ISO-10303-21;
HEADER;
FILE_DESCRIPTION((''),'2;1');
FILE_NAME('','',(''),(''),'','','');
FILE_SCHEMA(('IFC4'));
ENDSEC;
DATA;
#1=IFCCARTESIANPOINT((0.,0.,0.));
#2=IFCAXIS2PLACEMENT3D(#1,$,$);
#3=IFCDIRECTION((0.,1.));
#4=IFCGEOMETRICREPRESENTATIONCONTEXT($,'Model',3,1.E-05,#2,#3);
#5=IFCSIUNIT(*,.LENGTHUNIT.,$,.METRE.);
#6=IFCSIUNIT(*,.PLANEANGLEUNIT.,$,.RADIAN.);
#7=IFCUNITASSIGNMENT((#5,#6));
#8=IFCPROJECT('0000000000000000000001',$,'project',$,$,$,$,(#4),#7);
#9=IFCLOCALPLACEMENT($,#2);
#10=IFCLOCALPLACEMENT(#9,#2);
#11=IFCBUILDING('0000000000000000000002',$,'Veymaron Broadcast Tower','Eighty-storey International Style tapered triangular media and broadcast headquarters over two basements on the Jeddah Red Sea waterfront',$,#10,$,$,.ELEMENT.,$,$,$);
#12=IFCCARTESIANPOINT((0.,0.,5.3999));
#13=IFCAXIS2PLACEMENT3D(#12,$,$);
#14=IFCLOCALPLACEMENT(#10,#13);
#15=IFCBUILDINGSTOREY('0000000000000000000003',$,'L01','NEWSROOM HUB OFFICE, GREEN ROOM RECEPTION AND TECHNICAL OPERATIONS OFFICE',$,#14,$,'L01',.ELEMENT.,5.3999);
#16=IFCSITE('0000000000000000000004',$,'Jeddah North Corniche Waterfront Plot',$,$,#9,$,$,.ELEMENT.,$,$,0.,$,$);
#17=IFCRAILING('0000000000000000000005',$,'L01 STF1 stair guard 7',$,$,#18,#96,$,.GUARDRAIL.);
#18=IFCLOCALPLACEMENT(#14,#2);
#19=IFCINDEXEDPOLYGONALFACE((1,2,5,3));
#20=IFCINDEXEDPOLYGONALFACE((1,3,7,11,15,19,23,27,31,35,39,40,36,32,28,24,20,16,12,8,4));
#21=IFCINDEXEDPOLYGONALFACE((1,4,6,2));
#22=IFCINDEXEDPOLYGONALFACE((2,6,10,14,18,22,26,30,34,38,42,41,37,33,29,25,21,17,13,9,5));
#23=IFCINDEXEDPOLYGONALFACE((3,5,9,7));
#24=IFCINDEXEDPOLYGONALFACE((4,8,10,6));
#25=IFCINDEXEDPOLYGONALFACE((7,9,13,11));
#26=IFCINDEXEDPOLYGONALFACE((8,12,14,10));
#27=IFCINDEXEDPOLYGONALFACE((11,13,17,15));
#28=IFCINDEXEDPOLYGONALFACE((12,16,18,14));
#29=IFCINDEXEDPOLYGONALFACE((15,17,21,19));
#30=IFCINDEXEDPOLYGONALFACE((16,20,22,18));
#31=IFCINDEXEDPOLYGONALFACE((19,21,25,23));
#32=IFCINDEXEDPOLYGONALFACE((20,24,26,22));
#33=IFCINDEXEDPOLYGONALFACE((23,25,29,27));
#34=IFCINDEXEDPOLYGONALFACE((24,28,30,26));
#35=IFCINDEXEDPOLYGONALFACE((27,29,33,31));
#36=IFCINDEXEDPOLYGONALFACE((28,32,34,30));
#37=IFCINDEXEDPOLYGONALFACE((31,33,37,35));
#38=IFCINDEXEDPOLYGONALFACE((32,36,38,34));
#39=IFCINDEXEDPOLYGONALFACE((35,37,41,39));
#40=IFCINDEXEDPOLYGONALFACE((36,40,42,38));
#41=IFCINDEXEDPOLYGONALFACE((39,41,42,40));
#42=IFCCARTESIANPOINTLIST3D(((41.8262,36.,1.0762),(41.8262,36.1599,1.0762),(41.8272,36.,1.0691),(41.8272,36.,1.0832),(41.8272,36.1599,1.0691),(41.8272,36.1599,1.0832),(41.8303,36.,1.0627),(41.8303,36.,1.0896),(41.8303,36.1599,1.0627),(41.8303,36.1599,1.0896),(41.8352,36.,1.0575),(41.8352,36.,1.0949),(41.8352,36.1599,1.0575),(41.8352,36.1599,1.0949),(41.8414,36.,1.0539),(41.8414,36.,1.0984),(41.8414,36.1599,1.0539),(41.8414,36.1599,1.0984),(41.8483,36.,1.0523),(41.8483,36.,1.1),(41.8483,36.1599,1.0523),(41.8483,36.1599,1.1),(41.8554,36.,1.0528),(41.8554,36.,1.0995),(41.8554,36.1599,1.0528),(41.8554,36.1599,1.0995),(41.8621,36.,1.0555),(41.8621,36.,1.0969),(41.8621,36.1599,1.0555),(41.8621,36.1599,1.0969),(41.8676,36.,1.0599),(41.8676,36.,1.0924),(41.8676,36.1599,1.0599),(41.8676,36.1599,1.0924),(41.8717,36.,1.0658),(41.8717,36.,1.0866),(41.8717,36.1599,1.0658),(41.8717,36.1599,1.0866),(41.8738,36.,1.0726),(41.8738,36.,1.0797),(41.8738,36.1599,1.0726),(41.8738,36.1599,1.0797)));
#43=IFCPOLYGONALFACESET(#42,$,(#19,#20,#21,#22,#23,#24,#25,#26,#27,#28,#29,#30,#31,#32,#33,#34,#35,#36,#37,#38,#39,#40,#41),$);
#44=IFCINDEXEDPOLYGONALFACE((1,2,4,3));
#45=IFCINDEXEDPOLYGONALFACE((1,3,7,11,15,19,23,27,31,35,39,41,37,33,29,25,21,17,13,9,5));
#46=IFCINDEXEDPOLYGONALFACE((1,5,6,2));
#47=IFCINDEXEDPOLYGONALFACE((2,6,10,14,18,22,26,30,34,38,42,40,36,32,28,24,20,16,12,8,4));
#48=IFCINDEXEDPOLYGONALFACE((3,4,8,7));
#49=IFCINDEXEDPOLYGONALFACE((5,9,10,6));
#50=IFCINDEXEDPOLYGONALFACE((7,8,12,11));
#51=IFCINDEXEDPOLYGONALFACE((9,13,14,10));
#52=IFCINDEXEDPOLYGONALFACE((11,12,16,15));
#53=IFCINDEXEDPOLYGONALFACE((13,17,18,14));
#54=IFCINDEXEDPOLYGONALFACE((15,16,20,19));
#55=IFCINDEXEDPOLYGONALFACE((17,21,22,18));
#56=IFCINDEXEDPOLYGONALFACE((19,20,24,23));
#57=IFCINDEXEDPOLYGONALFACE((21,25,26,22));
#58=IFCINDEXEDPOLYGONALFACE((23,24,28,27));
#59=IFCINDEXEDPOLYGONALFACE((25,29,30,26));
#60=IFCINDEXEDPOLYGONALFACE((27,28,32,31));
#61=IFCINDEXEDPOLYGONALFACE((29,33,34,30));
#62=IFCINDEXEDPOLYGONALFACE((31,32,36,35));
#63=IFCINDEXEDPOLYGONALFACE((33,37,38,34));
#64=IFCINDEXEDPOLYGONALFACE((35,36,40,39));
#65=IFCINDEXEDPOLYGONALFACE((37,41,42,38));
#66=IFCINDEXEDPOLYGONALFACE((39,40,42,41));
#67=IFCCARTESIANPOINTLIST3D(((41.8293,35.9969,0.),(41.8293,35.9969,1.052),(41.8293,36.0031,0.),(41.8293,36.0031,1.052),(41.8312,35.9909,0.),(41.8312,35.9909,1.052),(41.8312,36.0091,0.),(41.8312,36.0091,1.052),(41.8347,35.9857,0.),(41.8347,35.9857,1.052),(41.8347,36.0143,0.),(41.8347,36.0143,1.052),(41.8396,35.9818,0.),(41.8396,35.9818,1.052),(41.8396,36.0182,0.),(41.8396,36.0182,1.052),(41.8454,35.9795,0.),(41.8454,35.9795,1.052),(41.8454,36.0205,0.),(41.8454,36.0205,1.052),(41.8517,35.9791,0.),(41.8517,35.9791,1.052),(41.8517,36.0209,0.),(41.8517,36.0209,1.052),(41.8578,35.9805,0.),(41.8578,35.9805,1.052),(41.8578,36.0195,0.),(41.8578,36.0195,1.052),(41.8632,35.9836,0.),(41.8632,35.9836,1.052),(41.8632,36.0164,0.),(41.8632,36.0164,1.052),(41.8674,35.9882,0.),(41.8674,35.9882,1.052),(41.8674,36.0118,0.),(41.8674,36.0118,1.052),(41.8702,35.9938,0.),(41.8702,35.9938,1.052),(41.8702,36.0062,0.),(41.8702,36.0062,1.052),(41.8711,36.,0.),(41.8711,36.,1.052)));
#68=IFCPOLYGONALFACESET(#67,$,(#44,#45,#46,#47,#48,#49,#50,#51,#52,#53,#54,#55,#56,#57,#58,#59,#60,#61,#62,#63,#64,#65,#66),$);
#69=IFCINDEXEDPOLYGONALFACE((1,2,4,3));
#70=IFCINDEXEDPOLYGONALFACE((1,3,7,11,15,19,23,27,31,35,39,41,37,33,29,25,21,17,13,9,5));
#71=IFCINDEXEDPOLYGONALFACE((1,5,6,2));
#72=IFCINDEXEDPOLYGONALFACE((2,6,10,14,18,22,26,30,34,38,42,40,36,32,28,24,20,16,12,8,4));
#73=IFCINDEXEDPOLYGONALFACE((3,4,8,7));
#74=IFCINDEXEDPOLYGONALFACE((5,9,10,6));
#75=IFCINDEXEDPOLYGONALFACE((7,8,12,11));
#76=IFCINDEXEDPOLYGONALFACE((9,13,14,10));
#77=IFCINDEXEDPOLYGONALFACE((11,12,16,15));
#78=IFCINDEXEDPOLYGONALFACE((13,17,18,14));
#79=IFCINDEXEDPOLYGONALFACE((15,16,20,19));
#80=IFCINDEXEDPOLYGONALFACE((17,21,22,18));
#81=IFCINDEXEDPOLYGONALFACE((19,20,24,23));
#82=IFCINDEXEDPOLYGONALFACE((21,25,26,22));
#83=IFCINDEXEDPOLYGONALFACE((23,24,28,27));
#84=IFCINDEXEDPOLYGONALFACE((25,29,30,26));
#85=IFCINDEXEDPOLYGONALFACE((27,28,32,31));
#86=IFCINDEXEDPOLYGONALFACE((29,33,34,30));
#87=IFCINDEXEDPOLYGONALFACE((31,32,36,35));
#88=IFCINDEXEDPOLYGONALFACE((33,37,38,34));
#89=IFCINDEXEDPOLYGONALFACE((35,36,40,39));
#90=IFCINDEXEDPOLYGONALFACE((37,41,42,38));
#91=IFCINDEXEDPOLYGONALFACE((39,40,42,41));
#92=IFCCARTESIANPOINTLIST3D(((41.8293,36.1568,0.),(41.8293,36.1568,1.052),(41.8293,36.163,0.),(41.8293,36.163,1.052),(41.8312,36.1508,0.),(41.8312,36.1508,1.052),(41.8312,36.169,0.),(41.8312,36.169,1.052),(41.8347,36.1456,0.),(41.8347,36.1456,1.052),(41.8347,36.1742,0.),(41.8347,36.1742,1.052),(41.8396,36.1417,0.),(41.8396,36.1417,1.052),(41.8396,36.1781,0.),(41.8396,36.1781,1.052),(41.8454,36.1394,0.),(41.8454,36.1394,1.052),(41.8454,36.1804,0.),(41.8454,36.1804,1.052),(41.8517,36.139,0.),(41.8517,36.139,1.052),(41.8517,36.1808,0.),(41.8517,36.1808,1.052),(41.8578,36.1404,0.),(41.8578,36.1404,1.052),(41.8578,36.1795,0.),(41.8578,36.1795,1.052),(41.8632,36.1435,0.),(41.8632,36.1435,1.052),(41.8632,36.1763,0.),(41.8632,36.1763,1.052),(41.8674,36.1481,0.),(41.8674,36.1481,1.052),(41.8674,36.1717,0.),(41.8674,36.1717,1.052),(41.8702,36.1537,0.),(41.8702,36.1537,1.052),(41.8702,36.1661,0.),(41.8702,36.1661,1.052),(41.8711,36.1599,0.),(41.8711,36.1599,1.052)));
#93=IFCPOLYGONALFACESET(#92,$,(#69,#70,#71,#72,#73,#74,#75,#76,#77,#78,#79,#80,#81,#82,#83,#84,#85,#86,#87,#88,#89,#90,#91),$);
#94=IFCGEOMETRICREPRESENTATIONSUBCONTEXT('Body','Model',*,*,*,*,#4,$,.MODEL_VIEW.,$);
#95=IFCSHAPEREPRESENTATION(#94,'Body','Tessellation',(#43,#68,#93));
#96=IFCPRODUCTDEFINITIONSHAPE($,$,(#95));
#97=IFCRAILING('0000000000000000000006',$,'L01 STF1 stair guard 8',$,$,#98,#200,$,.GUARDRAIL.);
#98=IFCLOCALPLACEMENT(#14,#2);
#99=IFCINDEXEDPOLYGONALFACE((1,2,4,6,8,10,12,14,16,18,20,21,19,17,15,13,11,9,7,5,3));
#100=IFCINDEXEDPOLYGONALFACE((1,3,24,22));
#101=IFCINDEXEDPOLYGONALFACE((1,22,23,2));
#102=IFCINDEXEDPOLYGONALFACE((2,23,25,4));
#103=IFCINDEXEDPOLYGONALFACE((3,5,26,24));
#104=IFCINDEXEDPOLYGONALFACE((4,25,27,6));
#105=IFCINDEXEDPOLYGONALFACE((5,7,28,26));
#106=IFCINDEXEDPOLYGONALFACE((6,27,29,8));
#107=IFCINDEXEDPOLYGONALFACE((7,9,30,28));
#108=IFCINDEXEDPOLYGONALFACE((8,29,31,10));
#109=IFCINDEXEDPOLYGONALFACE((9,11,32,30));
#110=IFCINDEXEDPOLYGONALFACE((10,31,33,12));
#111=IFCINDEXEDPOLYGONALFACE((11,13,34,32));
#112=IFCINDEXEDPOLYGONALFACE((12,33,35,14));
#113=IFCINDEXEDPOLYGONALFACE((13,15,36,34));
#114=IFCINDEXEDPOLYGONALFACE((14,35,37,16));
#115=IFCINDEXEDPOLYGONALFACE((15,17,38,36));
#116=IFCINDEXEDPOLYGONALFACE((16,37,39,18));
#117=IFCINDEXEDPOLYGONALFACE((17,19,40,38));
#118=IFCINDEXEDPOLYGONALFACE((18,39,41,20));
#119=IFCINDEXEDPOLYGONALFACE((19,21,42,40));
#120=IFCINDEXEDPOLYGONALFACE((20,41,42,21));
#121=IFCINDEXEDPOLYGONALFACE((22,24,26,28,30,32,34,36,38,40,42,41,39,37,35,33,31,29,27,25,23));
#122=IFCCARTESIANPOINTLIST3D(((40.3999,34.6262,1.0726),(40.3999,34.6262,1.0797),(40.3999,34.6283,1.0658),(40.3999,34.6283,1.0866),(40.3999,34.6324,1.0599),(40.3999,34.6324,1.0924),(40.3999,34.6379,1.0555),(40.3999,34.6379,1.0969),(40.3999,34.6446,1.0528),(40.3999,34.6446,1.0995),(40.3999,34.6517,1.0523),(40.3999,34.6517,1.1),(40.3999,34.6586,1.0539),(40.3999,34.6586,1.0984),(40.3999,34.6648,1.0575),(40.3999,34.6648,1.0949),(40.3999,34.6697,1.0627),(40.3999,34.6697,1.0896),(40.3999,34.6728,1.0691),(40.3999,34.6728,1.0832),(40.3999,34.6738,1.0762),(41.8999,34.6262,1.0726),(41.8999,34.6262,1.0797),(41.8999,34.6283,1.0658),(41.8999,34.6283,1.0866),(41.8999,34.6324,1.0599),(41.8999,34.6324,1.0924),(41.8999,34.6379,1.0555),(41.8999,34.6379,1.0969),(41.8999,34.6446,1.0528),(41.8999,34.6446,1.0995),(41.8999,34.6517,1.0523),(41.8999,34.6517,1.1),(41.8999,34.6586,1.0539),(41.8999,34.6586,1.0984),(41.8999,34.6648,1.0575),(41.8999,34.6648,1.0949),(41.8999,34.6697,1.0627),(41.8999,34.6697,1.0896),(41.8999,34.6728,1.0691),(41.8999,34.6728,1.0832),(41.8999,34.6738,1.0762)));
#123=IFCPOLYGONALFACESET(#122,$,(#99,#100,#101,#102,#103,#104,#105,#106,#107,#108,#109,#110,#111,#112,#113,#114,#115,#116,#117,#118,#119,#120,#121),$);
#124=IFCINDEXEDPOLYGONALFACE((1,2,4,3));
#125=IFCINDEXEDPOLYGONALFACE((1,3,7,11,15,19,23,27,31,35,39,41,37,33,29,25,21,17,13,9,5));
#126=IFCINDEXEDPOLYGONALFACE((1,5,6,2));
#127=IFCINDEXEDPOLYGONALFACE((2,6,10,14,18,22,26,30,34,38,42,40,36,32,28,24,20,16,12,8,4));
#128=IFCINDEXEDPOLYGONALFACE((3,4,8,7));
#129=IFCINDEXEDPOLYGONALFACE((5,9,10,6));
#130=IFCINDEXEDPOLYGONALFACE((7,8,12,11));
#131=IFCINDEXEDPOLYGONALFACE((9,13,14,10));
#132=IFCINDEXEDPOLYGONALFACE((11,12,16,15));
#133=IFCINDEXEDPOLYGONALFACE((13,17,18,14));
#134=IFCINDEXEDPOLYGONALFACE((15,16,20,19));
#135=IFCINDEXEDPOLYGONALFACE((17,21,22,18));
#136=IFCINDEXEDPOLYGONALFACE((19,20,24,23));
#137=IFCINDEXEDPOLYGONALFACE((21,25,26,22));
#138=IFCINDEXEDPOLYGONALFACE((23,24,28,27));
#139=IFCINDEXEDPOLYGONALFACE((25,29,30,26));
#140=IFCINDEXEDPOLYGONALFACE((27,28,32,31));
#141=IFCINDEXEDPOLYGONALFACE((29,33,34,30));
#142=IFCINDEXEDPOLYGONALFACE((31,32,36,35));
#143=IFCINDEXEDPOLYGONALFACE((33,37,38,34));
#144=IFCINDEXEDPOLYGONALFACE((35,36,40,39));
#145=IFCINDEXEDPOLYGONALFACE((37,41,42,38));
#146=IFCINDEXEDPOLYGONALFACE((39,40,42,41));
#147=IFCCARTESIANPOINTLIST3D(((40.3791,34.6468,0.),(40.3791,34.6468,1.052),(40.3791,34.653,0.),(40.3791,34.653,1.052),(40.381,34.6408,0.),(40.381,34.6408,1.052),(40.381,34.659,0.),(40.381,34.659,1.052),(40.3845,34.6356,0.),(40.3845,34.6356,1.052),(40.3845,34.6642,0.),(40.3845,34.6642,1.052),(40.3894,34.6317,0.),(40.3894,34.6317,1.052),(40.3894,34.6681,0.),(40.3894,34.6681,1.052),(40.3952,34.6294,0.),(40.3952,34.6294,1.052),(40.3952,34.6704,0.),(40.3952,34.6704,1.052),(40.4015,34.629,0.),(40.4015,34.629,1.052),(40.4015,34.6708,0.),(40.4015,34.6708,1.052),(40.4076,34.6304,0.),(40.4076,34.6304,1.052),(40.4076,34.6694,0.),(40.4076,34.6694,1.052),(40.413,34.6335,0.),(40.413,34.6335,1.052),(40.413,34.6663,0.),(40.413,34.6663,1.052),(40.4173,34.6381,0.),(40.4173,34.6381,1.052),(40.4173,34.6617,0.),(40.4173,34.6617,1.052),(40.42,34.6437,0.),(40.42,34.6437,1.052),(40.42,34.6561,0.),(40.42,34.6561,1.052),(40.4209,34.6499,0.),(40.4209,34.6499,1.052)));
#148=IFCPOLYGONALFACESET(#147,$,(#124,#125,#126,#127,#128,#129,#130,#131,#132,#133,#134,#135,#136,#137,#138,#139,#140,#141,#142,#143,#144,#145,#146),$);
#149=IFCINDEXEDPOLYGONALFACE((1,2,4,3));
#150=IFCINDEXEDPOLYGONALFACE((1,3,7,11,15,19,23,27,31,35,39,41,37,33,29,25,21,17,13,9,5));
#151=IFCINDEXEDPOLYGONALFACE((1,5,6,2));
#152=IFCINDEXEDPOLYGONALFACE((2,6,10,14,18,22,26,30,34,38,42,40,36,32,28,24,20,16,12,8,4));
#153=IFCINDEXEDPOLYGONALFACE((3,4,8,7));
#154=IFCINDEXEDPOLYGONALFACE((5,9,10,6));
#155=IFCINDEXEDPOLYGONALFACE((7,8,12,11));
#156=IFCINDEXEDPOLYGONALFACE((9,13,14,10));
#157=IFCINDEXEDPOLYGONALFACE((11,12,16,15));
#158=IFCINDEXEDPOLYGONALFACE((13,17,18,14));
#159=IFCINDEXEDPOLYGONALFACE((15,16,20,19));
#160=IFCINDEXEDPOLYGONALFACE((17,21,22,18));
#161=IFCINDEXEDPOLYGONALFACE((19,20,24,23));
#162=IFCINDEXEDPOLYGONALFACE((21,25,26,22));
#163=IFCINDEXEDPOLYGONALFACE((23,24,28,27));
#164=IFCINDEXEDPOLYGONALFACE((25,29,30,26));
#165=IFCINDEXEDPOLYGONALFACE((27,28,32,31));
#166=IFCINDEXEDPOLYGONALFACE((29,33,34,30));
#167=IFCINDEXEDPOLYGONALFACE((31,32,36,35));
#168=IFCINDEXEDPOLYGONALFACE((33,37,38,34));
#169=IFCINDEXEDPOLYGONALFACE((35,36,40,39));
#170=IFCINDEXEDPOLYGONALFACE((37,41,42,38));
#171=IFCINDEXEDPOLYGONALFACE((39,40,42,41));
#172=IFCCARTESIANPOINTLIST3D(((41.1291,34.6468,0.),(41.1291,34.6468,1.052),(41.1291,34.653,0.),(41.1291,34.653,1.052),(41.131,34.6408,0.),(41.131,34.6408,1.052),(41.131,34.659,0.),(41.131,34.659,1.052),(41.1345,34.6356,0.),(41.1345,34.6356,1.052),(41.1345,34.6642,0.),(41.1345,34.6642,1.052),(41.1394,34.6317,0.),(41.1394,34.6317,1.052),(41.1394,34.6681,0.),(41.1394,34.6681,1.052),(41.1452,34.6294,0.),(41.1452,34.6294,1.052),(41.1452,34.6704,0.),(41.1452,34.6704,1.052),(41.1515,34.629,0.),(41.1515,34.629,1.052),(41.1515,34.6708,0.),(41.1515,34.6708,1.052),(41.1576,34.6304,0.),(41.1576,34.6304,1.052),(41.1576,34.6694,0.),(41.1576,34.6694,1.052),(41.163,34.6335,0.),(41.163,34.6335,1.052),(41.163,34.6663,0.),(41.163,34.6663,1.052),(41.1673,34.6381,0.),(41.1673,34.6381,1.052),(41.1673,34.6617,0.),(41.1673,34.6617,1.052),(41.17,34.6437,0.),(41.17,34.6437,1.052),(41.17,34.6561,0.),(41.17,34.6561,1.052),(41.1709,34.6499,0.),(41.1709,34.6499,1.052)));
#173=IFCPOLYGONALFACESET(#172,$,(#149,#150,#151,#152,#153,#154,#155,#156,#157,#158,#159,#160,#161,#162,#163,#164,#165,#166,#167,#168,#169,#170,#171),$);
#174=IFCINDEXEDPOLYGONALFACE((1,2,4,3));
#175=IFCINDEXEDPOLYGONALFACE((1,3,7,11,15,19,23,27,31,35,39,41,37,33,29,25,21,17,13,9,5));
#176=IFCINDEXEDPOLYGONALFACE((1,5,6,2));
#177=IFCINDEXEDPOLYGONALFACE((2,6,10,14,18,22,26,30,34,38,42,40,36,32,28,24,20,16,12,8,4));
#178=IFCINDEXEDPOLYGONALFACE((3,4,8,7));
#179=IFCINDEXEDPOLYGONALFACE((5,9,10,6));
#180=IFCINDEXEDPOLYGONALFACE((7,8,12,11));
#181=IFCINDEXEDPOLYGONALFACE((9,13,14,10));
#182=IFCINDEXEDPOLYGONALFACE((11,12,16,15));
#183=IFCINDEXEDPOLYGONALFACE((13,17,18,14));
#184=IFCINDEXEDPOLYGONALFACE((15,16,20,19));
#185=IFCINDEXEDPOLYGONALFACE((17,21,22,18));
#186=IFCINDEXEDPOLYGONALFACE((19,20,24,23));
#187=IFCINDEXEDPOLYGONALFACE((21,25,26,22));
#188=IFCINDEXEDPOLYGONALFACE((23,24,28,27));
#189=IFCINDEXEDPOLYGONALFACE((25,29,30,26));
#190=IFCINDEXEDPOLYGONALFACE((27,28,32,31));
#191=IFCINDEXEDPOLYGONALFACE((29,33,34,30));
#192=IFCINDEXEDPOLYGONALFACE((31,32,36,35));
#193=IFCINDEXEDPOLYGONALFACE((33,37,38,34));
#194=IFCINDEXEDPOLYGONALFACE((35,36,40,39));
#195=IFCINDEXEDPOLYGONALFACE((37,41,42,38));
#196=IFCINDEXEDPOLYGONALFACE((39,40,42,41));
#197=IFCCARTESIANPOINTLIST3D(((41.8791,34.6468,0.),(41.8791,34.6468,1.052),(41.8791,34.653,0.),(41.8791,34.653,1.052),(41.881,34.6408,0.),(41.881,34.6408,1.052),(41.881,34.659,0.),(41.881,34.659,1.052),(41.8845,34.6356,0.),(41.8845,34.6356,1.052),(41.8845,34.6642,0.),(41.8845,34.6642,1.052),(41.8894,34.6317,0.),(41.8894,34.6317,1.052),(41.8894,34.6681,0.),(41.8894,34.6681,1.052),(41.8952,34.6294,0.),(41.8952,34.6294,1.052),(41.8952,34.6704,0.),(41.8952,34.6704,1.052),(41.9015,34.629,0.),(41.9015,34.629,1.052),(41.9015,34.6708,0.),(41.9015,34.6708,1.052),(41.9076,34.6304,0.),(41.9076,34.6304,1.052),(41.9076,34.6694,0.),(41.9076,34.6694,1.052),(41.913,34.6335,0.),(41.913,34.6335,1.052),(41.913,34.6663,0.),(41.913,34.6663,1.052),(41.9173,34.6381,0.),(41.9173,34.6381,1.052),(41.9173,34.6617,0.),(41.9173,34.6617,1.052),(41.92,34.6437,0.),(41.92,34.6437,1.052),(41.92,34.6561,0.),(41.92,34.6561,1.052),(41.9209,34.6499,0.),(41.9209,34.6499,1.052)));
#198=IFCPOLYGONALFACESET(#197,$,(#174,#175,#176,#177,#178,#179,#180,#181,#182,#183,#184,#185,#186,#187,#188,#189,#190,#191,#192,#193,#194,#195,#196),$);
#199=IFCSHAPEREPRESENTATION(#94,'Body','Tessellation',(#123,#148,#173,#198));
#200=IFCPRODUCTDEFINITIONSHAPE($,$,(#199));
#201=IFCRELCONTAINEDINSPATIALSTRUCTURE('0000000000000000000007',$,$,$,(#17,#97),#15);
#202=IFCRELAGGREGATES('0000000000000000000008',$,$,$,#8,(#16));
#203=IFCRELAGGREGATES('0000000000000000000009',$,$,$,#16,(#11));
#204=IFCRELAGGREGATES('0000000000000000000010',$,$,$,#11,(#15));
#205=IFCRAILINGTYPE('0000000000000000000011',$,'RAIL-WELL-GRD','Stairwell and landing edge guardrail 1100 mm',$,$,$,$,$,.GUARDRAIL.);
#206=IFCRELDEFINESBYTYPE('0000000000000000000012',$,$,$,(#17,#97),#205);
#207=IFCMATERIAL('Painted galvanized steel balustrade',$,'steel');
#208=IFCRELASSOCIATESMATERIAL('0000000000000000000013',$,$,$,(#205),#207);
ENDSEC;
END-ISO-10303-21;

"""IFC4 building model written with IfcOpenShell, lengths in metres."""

from ifc_helpers import new_model, si_unit, direction, frame, origin, origin_2d, place, context, subcontext, project, spatial, circle, extrude, material, type_object, element, save


model = new_model("IFC4")

# Units and contexts
model_context = context("Model", 3, precision=1e-05, world=origin(), true_north=direction((0.0, 1.0)))
body_context = subcontext(model_context, "Body", "Model", "MODEL_VIEW")
ifc_project = project(units=[si_unit("LENGTHUNIT", "METRE"), si_unit("PLANEANGLEUNIT", "RADIAN")], contexts=[model_context])

# Site, building, storey
site_placement = place(None, origin())
site = spatial("IfcSite", under=ifc_project, at=site_placement, Name="Jeddah North Corniche Waterfront Plot", CompositionType="ELEMENT", RefElevation=0.0)
building_placement = place(site_placement, origin())
building = spatial("IfcBuilding", under=site, at=building_placement, Name="Veymaron Broadcast Tower", Description="Eighty-storey International Style tapered triangular media and broadcast headquarters over two basements on the Jeddah Red Sea waterfront", CompositionType="ELEMENT")
storey_placement = place(building_placement, frame((0.0, 0.0, 5.3999)))
storey = spatial("IfcBuildingStorey", under=building, at=storey_placement, Name="L01", Description="NEWSROOM HUB OFFICE, GREEN ROOM RECEPTION AND TECHNICAL OPERATIONS OFFICE", LongName="L01", CompositionType="ELEMENT", Elevation=5.3999)

# Railings
ifc_material_1 = material(Name="Painted galvanized steel balustrade", Category="steel")
railing_type_1 = type_object("IfcRailingType", Name="RAIL-WELL-GRD", Description="Stairwell and landing edge guardrail 1100 mm", PredefinedType="GUARDRAIL", material=ifc_material_1)
railing_1_placement = place(storey_placement, frame((41.8501, 36.0, 0.0)))
element("IfcRailing", 1, at=railing_1_placement, inside=storey, type_object=railing_type_1, Name="L01 STF1 stair guard 7", PredefinedType="GUARDRAIL", context=body_context, shape_type="SweptSolid", body=[
    extrude(circle(Radius=0.0239, at=origin_2d()), frame((0.0, 0.0, 1.0762), z_axis=(0.0, 1.0, 0.0), x_axis=(-1.0, 0.0, 0.0)), (0.0, 0.0, 1.0), 0.1599),
    extrude(circle(Radius=0.021, at=origin_2d()), origin(), (0.0, 0.0, 1.0), 1.052),
    extrude(circle(Radius=0.021, at=origin_2d()), frame((0.0, 0.1599, 0.0)), (0.0, 0.0, 1.0), 1.052),
])
railing_2_placement = place(storey_placement, frame((40.3999, 34.6499, 0.0)))
element("IfcRailing", 2, at=railing_2_placement, inside=storey, type_object=railing_type_1, Name="L01 STF1 stair guard 8", PredefinedType="GUARDRAIL", context=body_context, shape_type="SweptSolid", body=[
    extrude(circle(Radius=0.0239, at=origin_2d()), frame((0.0, 0.0, 1.0762), z_axis=(1.0, 0.0, 0.0), x_axis=(0.0, 1.0, 0.0)), (0.0, 0.0, 1.0), 1.5),
    extrude(circle(Radius=0.021, at=origin_2d()), origin(), (0.0, 0.0, 1.0), 1.052),
    extrude(circle(Radius=0.021, at=origin_2d()), frame((0.75, 0.0, 0.0)), (0.0, 0.0, 1.0), 1.052),
    extrude(circle(Radius=0.021, at=origin_2d()), frame((1.5, 0.0, 0.0)), (0.0, 0.0, 1.0), 1.052),
])

save(model, "model.ifc")
